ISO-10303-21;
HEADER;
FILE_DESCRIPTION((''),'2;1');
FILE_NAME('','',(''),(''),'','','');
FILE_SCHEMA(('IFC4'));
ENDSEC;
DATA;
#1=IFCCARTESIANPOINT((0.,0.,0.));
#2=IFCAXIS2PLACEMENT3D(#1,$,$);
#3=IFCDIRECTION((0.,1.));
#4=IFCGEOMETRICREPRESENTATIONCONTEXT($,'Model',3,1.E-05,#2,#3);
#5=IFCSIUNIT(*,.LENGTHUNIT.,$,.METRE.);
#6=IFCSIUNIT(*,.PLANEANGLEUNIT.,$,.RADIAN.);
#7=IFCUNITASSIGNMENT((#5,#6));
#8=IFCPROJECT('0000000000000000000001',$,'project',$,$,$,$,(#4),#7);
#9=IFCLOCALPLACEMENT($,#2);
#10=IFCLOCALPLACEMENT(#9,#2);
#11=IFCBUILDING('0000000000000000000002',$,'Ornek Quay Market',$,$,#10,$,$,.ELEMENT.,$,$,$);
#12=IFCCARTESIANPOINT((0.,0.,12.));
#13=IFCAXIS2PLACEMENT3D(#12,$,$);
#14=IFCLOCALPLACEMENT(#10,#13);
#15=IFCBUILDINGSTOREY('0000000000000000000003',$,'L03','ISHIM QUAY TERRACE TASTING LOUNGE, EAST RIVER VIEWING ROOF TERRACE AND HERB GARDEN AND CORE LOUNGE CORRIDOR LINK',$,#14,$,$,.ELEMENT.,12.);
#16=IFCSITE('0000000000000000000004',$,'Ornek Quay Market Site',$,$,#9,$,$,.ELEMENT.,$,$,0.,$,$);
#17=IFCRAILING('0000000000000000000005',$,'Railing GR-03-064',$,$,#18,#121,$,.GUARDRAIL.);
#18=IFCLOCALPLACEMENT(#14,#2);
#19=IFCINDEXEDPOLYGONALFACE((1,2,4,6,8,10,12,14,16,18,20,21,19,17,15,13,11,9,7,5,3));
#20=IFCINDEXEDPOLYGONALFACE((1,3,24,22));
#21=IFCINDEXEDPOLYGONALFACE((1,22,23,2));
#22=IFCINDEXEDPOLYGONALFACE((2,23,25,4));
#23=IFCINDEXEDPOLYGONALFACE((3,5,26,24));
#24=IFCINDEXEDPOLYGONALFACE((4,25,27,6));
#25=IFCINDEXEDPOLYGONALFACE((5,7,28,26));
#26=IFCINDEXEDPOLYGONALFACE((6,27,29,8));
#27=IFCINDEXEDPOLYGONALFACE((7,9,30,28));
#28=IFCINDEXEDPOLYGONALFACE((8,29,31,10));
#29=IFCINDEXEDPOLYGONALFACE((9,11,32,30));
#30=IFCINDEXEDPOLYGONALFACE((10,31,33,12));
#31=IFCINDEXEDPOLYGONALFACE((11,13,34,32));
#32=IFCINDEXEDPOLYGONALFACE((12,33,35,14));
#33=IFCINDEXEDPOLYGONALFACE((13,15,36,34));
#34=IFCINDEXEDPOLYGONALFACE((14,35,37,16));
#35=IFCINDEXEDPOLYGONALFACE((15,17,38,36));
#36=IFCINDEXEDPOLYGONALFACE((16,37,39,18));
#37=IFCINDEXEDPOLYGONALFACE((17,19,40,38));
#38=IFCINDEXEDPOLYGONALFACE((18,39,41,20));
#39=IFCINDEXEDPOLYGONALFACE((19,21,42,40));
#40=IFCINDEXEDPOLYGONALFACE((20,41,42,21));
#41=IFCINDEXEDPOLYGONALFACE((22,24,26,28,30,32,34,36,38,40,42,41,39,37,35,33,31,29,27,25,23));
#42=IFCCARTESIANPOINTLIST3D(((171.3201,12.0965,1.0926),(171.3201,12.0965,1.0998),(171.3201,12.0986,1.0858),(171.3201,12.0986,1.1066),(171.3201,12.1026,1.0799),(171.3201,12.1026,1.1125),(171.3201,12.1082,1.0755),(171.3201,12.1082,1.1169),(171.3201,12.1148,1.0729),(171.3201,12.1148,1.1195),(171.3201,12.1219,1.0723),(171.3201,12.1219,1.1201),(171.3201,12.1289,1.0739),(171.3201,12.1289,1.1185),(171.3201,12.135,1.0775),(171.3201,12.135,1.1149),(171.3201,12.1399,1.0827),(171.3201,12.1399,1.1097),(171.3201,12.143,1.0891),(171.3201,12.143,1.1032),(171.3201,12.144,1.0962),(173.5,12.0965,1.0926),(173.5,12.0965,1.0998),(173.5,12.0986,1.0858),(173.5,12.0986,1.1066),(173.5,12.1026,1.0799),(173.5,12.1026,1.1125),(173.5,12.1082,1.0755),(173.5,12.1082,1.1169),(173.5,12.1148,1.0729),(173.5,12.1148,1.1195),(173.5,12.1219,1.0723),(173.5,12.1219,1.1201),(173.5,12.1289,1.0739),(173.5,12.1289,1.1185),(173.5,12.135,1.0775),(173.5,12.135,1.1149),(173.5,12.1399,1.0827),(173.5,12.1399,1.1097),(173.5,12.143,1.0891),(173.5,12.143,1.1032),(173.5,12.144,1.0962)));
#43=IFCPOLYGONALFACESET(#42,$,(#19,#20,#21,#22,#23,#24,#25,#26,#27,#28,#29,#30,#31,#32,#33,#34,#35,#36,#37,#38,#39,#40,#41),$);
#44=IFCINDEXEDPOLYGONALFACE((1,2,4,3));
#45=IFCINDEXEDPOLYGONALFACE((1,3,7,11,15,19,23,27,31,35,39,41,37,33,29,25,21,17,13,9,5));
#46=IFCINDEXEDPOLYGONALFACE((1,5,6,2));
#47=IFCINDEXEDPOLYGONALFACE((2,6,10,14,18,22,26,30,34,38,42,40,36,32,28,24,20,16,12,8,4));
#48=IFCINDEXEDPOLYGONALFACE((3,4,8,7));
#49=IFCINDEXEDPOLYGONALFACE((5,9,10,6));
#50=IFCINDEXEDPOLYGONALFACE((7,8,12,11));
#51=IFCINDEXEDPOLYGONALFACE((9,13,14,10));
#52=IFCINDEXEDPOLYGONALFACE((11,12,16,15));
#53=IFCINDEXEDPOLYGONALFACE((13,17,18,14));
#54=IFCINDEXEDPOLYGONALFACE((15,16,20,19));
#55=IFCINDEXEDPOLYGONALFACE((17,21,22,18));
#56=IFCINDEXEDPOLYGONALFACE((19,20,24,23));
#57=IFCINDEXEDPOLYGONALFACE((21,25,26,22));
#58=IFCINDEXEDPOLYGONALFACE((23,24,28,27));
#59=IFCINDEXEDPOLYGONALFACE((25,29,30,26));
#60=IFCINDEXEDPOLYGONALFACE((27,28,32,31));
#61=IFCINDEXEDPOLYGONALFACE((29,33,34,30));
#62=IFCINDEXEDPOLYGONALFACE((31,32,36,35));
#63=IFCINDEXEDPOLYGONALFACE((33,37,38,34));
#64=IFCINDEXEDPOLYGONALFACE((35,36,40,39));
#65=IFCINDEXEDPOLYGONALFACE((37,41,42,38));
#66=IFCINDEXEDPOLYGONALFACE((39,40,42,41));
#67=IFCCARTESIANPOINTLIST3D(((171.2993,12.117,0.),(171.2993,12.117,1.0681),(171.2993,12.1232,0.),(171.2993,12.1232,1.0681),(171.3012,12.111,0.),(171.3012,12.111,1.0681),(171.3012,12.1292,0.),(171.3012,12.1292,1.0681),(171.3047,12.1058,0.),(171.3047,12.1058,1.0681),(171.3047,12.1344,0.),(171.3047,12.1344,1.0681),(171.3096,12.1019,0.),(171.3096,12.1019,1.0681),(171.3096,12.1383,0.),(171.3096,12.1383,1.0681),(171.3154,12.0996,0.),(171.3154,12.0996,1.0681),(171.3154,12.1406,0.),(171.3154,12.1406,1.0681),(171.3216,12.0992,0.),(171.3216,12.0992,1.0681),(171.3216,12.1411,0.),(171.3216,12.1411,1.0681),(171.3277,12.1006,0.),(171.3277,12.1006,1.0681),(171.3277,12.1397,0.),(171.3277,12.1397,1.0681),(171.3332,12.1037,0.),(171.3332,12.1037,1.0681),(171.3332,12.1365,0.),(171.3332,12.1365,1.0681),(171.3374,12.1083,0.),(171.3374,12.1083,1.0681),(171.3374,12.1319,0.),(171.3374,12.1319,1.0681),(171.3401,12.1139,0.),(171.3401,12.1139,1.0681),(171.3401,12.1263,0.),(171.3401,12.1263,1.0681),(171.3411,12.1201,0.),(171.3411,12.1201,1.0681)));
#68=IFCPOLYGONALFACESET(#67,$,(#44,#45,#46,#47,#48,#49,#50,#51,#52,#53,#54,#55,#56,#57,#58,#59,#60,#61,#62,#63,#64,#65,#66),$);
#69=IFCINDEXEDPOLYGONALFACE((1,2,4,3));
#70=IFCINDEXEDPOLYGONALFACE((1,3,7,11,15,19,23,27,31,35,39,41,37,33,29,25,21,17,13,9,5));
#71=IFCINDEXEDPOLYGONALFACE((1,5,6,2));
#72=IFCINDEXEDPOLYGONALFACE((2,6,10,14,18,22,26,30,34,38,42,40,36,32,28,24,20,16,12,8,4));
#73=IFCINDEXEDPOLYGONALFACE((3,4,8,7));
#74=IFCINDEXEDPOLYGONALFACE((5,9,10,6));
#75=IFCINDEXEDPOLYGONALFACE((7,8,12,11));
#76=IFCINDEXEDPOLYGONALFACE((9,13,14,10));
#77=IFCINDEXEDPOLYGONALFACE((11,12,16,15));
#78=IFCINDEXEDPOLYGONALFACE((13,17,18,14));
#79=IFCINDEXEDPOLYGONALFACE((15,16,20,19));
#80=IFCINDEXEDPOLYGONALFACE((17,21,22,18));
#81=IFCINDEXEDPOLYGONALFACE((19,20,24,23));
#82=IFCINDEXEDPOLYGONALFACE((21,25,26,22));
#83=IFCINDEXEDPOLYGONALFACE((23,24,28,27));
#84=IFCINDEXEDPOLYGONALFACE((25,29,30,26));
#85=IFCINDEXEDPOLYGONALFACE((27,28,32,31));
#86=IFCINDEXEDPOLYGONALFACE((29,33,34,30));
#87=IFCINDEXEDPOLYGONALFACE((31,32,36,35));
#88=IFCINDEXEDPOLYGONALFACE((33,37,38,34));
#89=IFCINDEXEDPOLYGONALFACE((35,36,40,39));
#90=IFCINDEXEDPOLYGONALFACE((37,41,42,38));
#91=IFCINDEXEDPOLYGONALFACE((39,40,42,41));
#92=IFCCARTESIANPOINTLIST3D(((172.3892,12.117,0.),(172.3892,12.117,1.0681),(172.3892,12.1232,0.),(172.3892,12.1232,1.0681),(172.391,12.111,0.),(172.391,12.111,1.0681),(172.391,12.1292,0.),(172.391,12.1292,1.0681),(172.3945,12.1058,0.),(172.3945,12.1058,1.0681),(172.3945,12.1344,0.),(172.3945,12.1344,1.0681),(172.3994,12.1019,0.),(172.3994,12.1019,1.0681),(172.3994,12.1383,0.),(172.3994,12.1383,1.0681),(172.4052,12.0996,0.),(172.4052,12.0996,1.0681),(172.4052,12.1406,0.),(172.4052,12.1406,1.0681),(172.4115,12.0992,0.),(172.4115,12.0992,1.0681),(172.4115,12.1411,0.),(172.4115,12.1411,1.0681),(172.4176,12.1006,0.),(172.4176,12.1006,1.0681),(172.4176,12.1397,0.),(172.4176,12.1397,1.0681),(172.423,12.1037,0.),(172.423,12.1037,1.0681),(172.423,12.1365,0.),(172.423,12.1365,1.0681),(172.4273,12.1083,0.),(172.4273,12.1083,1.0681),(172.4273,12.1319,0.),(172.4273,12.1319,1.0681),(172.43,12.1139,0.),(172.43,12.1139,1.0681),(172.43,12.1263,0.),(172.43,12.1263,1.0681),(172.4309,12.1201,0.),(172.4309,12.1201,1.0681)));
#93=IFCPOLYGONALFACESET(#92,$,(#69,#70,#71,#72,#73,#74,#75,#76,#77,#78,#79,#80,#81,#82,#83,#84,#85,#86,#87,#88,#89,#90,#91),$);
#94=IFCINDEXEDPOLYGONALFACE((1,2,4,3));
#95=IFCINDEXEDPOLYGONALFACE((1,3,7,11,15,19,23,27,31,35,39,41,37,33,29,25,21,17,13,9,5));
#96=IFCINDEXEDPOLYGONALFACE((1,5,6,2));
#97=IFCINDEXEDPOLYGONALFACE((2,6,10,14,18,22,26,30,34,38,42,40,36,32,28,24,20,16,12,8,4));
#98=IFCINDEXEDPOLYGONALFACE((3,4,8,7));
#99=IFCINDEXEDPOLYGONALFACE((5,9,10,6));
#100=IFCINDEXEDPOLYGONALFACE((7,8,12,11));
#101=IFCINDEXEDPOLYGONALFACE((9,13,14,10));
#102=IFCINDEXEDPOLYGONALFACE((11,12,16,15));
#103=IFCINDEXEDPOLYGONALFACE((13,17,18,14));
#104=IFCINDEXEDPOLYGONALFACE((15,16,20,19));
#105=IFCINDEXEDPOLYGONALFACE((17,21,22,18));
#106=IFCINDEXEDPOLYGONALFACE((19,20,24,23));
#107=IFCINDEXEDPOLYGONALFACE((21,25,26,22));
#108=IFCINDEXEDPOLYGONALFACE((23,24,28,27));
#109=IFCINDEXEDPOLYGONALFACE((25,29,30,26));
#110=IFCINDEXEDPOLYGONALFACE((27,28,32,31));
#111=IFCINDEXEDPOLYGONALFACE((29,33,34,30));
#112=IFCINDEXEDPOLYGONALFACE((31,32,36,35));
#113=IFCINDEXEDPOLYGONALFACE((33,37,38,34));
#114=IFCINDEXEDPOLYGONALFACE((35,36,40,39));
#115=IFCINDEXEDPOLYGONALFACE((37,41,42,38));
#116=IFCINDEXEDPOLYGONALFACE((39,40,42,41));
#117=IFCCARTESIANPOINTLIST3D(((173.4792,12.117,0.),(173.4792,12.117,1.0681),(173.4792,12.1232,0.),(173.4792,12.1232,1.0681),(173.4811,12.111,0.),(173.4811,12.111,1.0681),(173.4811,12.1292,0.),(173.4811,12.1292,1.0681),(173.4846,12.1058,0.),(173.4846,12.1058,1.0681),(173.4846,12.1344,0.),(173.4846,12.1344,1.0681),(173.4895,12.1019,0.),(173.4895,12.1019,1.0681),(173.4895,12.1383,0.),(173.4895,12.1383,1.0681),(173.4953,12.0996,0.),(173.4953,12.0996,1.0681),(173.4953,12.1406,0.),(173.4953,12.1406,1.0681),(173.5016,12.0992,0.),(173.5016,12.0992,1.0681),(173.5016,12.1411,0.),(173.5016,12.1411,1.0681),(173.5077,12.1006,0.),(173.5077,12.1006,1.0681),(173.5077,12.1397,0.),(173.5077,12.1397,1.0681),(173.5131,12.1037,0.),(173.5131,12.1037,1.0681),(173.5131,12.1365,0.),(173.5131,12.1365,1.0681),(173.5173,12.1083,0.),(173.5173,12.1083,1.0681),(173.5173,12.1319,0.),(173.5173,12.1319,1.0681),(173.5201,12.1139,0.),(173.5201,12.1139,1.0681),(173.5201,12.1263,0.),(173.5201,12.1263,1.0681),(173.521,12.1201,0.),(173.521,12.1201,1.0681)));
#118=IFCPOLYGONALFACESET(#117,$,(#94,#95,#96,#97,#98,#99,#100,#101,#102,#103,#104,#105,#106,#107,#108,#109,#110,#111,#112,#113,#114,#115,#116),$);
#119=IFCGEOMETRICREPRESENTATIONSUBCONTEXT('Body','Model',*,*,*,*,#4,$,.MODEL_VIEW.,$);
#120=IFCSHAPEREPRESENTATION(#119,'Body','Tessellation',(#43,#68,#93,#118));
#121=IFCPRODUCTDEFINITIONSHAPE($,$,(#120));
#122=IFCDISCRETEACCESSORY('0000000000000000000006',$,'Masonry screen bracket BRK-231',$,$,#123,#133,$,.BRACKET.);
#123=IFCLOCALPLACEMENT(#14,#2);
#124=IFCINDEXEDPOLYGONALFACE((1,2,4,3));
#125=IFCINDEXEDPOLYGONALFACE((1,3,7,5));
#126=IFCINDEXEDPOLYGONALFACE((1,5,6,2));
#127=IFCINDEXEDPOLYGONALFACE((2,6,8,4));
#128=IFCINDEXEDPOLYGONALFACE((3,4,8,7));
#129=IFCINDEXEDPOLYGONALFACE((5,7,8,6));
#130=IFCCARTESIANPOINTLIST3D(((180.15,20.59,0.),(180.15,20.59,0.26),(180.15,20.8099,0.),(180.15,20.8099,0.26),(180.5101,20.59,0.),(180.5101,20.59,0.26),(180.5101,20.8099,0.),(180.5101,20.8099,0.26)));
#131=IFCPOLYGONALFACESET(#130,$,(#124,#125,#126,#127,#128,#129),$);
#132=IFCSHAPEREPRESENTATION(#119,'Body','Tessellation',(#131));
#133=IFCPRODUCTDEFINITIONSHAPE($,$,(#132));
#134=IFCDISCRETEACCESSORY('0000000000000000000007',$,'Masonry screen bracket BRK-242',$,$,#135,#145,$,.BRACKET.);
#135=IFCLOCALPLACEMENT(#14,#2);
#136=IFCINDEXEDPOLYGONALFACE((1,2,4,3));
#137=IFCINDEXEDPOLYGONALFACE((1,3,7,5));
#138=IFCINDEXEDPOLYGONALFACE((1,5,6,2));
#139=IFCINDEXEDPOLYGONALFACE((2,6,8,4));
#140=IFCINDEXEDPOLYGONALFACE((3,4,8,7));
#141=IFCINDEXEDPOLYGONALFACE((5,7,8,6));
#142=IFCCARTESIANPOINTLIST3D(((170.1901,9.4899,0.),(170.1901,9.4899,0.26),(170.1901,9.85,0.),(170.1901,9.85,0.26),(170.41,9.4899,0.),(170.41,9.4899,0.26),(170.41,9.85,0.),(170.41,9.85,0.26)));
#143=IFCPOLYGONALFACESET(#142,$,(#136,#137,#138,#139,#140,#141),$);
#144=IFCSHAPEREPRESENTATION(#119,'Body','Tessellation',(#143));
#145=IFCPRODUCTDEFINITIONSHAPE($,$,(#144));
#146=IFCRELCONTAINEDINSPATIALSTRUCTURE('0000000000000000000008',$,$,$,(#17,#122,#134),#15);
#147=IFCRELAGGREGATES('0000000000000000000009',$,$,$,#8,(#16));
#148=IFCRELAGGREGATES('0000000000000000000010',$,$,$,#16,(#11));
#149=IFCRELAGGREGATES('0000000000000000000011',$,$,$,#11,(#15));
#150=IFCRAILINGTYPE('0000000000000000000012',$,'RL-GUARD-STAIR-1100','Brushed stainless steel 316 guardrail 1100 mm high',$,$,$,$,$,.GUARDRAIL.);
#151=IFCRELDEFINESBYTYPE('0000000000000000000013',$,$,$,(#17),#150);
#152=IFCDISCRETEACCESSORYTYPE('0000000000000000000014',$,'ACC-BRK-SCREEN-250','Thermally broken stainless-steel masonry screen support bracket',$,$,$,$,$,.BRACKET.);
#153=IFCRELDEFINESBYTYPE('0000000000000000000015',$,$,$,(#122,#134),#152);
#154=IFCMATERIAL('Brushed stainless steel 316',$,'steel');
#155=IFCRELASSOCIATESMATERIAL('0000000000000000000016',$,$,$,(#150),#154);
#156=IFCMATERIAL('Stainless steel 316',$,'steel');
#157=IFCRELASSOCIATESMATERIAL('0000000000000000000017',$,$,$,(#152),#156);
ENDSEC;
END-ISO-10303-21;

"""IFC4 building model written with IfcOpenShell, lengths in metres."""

from ifc_helpers import new_model, si_unit, direction, frame, origin, origin_2d, place, context, subcontext, project, spatial, rectangle, circle, extrude, material, type_object, element, save


model = new_model("IFC4")

# Units and contexts
model_context = context("Model", 3, precision=1e-05, world=origin(), true_north=direction((0.0, 1.0)))
body_context = subcontext(model_context, "Body", "Model", "MODEL_VIEW")
ifc_project = project(units=[si_unit("LENGTHUNIT", "METRE"), si_unit("PLANEANGLEUNIT", "RADIAN")], contexts=[model_context])

# Site, building, storey
site_placement = place(None, origin())
site = spatial("IfcSite", under=ifc_project, at=site_placement, Name="Ornek Quay Market Site", CompositionType="ELEMENT", RefElevation=0.0)
building_placement = place(site_placement, origin())
building = spatial("IfcBuilding", under=site, at=building_placement, Name="Ornek Quay Market", CompositionType="ELEMENT")
storey_placement = place(building_placement, frame((0.0, 0.0, 12.0)))
storey = spatial("IfcBuildingStorey", under=building, at=storey_placement, Name="L03", Description="ISHIM QUAY TERRACE TASTING LOUNGE, EAST RIVER VIEWING ROOF TERRACE AND HERB GARDEN AND CORE LOUNGE CORRIDOR LINK", CompositionType="ELEMENT", Elevation=12.0)

# Railing
ifc_material_1 = material(Name="Brushed stainless steel 316", Category="steel")
railing_type = type_object("IfcRailingType", Name="RL-GUARD-STAIR-1100", Description="Brushed stainless steel 316 guardrail 1100 mm high", PredefinedType="GUARDRAIL", material=ifc_material_1)
railing_placement = place(storey_placement, frame((171.3201, 12.1201, 0.0)))
element("IfcRailing", 1, at=railing_placement, inside=storey, type_object=railing_type, Name="Railing GR-03-064", PredefinedType="GUARDRAIL", context=body_context, shape_type="SweptSolid", body=[
    extrude(circle(Radius=0.0239, at=origin_2d()), frame((0.0, 0.0, 1.0962), z_axis=(1.0, 0.0, 0.0), x_axis=(0.0, 1.0, 0.0)), (0.0, 0.0, 1.0), 2.1799),
    extrude(circle(Radius=0.021, at=origin_2d()), origin(), (0.0, 0.0, 1.0), 1.0681),
    extrude(circle(Radius=0.021, at=origin_2d()), frame((1.0898, 0.0, 0.0)), (0.0, 0.0, 1.0), 1.0681),
    extrude(circle(Radius=0.021, at=origin_2d()), frame((2.1799, 0.0, 0.0)), (0.0, 0.0, 1.0), 1.0681),
])

# Discrete accessories
ifc_material_2 = material(Name="Stainless steel 316", Category="steel")
discrete_accessory_type = type_object("IfcDiscreteAccessoryType", Name="ACC-BRK-SCREEN-250", Description="Thermally broken stainless-steel masonry screen support bracket", PredefinedType="BRACKET", material=ifc_material_2)
for number, where, z_axis, x_axis, name in (
    (2, (180.3301, 20.7, 0.0), (0.0, 0.0, 1.0), (0.0, 1.0, 0.0), "Masonry screen bracket BRK-231"),
    (3, (170.3, 9.6699, 0.0), (0.0, 0.0, 1.0), (1.0, 0.0, 0.0), "Masonry screen bracket BRK-242"),
):
    element("IfcDiscreteAccessory", number, at=place(storey_placement, frame(where, z_axis=z_axis, x_axis=x_axis)), inside=storey, type_object=discrete_accessory_type, Name=name, PredefinedType="BRACKET", context=body_context, shape_type="SweptSolid", body=[
        extrude(rectangle(XDim=0.22, YDim=0.3601, at=origin_2d()), origin(), (0.0, 0.0, 1.0), 0.26),
    ])

save(model, "model.ifc")
